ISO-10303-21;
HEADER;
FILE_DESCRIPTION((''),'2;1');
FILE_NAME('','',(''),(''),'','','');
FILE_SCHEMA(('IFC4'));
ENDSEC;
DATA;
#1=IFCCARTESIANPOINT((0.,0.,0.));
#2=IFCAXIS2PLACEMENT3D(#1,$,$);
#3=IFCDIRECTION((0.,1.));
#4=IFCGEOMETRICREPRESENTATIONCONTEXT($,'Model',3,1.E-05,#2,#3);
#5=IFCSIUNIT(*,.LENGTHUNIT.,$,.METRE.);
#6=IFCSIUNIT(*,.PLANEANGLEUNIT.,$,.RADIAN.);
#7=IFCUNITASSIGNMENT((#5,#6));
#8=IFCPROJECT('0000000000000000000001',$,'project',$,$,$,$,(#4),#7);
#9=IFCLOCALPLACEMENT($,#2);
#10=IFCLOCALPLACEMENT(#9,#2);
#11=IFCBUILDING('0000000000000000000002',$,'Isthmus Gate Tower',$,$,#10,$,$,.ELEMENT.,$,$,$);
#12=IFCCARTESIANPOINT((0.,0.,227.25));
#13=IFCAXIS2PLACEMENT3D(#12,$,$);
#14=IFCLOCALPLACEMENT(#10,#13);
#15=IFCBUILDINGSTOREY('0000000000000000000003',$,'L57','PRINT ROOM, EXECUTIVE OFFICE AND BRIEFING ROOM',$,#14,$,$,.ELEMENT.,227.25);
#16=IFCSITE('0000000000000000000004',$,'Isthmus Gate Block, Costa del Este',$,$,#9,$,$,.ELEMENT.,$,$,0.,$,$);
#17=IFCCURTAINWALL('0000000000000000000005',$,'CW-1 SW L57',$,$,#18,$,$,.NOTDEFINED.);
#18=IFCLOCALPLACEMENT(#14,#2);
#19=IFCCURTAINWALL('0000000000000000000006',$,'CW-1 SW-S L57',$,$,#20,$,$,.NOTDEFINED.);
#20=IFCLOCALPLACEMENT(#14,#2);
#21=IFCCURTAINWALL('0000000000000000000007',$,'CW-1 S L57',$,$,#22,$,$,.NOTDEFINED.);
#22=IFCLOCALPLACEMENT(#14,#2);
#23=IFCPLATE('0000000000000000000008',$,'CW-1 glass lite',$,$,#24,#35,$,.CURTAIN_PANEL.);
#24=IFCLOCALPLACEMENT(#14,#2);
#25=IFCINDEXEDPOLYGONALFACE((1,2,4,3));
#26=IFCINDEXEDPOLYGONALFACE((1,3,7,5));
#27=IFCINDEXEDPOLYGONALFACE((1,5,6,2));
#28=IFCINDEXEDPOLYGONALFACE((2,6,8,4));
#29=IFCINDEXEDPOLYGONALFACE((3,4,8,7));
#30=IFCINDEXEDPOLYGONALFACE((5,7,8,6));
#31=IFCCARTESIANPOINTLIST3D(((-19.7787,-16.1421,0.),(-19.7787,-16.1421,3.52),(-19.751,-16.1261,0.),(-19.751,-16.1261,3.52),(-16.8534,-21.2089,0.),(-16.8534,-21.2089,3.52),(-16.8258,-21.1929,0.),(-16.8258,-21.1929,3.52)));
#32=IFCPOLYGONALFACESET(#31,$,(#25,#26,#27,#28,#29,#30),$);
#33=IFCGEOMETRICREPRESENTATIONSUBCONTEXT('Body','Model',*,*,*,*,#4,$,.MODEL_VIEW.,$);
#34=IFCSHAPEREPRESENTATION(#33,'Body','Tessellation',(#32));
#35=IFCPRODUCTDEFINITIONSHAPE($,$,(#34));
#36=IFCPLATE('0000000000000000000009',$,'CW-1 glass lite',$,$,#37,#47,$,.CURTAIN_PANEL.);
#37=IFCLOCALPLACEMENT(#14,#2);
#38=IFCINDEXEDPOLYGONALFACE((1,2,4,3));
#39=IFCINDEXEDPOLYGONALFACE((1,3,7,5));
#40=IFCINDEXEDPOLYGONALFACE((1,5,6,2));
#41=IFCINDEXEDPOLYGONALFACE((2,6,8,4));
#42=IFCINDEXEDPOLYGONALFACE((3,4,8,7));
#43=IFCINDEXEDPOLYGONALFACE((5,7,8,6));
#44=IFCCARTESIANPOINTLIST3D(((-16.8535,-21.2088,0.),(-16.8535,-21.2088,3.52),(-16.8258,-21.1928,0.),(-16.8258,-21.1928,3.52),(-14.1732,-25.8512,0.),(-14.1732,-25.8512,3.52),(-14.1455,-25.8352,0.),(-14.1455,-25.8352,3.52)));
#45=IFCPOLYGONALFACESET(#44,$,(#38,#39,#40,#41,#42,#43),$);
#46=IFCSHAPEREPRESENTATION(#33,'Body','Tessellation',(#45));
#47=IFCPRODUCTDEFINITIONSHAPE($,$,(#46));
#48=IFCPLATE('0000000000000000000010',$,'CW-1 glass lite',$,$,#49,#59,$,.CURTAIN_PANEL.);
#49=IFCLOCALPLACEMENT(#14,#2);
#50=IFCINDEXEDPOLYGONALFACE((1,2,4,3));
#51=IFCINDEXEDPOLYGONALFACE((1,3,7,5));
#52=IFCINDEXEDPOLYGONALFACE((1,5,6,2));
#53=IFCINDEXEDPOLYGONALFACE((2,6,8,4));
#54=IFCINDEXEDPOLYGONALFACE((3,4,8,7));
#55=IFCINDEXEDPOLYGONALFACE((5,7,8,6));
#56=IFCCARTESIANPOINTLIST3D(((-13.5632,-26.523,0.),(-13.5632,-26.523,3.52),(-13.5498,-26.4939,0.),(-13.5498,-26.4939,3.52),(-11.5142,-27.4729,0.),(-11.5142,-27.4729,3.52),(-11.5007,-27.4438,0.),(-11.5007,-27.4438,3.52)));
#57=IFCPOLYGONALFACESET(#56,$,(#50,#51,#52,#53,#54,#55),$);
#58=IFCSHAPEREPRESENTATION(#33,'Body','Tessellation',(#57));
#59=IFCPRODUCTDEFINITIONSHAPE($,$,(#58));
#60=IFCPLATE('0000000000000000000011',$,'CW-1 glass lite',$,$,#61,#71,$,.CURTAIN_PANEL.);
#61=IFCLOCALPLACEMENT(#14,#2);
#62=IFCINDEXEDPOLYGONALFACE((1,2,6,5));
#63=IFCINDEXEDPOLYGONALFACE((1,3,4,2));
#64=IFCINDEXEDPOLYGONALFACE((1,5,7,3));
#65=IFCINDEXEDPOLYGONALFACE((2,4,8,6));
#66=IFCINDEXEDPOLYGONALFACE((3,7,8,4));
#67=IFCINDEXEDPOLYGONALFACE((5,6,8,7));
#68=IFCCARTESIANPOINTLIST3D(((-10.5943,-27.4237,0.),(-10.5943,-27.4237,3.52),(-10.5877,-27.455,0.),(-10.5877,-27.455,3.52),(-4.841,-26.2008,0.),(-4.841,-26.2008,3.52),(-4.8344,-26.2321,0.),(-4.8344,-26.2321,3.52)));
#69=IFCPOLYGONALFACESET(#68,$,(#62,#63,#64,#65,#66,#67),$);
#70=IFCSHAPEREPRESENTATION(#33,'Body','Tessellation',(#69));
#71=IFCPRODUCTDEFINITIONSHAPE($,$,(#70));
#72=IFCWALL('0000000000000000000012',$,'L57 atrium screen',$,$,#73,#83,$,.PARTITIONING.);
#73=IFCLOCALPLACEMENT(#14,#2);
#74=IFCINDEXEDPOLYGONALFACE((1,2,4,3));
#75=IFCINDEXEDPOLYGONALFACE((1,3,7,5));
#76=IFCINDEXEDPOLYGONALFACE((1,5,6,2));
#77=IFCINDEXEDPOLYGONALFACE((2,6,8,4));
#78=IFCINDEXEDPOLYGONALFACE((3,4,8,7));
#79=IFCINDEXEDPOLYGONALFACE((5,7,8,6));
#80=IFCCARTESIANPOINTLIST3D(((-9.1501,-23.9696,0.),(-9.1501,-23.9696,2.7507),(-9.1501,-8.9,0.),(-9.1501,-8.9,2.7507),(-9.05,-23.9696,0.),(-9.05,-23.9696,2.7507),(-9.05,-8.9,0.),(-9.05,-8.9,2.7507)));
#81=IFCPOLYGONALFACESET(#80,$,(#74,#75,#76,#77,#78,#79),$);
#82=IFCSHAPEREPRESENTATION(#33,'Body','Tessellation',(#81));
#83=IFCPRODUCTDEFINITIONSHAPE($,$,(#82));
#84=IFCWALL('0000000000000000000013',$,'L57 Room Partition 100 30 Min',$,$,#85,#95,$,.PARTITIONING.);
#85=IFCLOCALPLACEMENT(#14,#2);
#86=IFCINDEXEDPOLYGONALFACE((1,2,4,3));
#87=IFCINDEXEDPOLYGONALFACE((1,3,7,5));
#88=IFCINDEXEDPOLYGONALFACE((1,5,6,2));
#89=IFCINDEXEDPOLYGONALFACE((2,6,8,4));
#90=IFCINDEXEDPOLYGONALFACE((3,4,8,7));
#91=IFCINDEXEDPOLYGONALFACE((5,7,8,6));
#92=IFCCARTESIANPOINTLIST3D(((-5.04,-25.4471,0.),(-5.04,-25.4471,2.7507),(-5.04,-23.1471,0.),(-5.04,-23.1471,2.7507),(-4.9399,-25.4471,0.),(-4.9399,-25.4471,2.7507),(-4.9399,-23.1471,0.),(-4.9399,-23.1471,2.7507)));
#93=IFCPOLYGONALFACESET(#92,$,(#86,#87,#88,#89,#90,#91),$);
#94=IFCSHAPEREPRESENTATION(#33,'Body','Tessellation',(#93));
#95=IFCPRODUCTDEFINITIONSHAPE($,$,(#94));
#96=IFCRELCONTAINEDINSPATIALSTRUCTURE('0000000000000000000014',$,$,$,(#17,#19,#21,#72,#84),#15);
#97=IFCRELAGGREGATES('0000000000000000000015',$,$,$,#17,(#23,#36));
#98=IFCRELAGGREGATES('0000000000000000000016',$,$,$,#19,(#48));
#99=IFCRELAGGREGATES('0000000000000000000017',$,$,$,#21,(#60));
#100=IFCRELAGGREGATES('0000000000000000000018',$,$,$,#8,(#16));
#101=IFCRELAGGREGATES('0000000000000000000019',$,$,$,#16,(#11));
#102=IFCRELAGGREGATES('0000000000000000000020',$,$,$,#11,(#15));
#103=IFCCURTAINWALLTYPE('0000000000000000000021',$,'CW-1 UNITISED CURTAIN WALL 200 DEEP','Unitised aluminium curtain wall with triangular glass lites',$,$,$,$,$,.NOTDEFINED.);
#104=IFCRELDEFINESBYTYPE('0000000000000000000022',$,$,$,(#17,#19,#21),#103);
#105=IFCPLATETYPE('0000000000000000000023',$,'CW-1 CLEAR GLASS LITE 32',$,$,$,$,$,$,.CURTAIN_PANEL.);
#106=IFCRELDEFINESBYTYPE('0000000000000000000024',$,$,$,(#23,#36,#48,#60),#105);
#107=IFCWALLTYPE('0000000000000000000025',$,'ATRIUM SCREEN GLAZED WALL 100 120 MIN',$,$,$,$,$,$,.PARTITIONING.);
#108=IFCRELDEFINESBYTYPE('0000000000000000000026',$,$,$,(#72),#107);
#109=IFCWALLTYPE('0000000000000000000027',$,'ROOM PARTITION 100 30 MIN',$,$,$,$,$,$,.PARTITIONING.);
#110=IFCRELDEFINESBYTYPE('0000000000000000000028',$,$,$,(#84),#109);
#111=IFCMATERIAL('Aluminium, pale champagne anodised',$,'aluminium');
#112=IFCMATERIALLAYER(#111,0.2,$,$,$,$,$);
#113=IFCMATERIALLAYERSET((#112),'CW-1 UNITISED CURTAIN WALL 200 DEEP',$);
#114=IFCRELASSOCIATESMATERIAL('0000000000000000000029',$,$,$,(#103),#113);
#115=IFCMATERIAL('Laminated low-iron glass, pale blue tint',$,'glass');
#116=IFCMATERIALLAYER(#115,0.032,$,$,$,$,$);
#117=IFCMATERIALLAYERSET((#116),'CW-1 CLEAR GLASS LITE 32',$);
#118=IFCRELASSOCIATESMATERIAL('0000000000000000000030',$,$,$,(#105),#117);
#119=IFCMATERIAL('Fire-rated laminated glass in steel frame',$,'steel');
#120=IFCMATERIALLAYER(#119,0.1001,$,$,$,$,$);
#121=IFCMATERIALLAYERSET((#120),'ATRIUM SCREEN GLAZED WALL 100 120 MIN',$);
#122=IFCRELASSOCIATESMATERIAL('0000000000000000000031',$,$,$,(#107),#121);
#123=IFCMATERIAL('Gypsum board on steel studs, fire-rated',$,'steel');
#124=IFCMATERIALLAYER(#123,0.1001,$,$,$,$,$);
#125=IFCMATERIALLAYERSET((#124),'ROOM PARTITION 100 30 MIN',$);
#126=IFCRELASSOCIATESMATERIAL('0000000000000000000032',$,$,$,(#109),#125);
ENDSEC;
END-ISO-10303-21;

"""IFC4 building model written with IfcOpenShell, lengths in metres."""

from ifc_helpers import new_model, si_unit, direction, frame, frame_2d, origin, origin_2d, place, context, subcontext, project, spatial, rectangle, extrude, material, layer, layer_set, type_object, element, aggregate, save


model = new_model("IFC4")

# Units and contexts
model_context = context("Model", 3, precision=1e-05, world=origin(), true_north=direction((0.0, 1.0)))
body_context = subcontext(model_context, "Body", "Model", "MODEL_VIEW")
ifc_project = project(units=[si_unit("LENGTHUNIT", "METRE"), si_unit("PLANEANGLEUNIT", "RADIAN")], contexts=[model_context])

# Site, building, storey
site_placement = place(None, origin())
site = spatial("IfcSite", under=ifc_project, at=site_placement, Name="Isthmus Gate Block, Costa del Este", CompositionType="ELEMENT", RefElevation=0.0)
building_placement = place(site_placement, origin())
building = spatial("IfcBuilding", under=site, at=building_placement, Name="Isthmus Gate Tower", CompositionType="ELEMENT")
storey_placement = place(building_placement, frame((0.0, 0.0, 227.25)))
storey = spatial("IfcBuildingStorey", under=building, at=storey_placement, Name="L57", Description="PRINT ROOM, EXECUTIVE OFFICE AND BRIEFING ROOM", CompositionType="ELEMENT", Elevation=227.25)

# Curtain walls
ifc_material_1 = material(Name="Aluminium, pale champagne anodised", Category="aluminium")
ifc_layer_1 = layer(ifc_material_1, 0.2)
ifc_layer_set_1 = layer_set([ifc_layer_1], Name="CW-1 UNITISED CURTAIN WALL 200 DEEP")
curtain_wall_type = type_object("IfcCurtainWallType", Name="CW-1 UNITISED CURTAIN WALL 200 DEEP", Description="Unitised aluminium curtain wall with triangular glass lites", PredefinedType="NOTDEFINED", material=ifc_layer_set_1)
curtain_wall_1_placement = place(storey_placement, origin())
curtain_wall_1 = element("IfcCurtainWall", 1, at=curtain_wall_1_placement, inside=storey, type_object=curtain_wall_type, Name="CW-1 SW L57", PredefinedType="NOTDEFINED")
curtain_wall_2_placement = place(storey_placement, origin())
curtain_wall_2 = element("IfcCurtainWall", 2, at=curtain_wall_2_placement, inside=storey, type_object=curtain_wall_type, Name="CW-1 SW-S L57", PredefinedType="NOTDEFINED")
curtain_wall_3_placement = place(storey_placement, origin())
curtain_wall_3 = element("IfcCurtainWall", 3, at=curtain_wall_3_placement, inside=storey, type_object=curtain_wall_type, Name="CW-1 S L57", PredefinedType="NOTDEFINED")

# Plates
ifc_material_2 = material(Name="Laminated low-iron glass, pale blue tint", Category="glass")
ifc_layer_2 = layer(ifc_material_2, 0.032)
ifc_layer_set_2 = layer_set([ifc_layer_2], Name="CW-1 CLEAR GLASS LITE 32")
plate_type = type_object("IfcPlateType", Name="CW-1 CLEAR GLASS LITE 32", PredefinedType="CURTAIN_PANEL", material=ifc_layer_set_2)
plate_1_placement = place(storey_placement, frame((-18.3022, -18.6675, 0.0), z_axis=(0.0, 0.0, 1.0), x_axis=(0.5, -0.866025, 0.0)))
plate_1 = element("IfcPlate", 4, at=plate_1_placement, type_object=plate_type, Name="CW-1 glass lite", PredefinedType="CURTAIN_PANEL", context=body_context, shape_type="SweptSolid", body=[
    extrude(rectangle(XDim=5.8506, YDim=0.032, at=origin_2d()), origin(), (0.0, 0.0, 1.0), 3.52),
])
plate_2_placement = place(storey_placement, frame((-15.4995, -23.522, 0.0), z_axis=(0.0, 0.0, 1.0), x_axis=(0.5, -0.866025, 0.0)))
plate_2 = element("IfcPlate", 5, at=plate_2_placement, type_object=plate_type, Name="CW-1 glass lite", PredefinedType="CURTAIN_PANEL", context=body_context, shape_type="SweptSolid", body=[
    extrude(rectangle(XDim=5.3606, YDim=0.032, at=origin_2d()), origin(), (0.0, 0.0, 1.0), 3.52),
])
aggregate(curtain_wall_1, [plate_1, plate_2])
plate_3_placement = place(storey_placement, frame((-12.532, -26.9834, 0.0), z_axis=(0.0, 0.0, 1.0), x_axis=(0.907256, -0.420578, 0.0)))
plate_3 = element("IfcPlate", 6, at=plate_3_placement, type_object=plate_type, Name="CW-1 glass lite", PredefinedType="CURTAIN_PANEL", context=body_context, shape_type="SweptSolid", body=[
    extrude(rectangle(XDim=2.2585, YDim=0.032, at=origin_2d()), origin(), (0.0, 0.0, 1.0), 3.52),
])
aggregate(curtain_wall_2, [plate_3])
plate_4_placement = place(storey_placement, frame((-7.7144, -26.8279, 0.0), z_axis=(0.0, 0.0, 1.0), x_axis=(0.978148, 0.207912, 0.0)))
plate_4 = element("IfcPlate", 7, at=plate_4_placement, type_object=plate_type, Name="CW-1 glass lite", PredefinedType="CURTAIN_PANEL", context=body_context, shape_type="SweptSolid", body=[
    extrude(rectangle(XDim=5.8818, YDim=0.032, at=origin_2d()), origin(), (0.0, 0.0, 1.0), 3.52),
])
aggregate(curtain_wall_3, [plate_4])

# Walls
ifc_material_3 = material(Name="Fire-rated laminated glass in steel frame", Category="steel")
ifc_layer_3 = layer(ifc_material_3, 0.1001)
ifc_layer_set_3 = layer_set([ifc_layer_3], Name="ATRIUM SCREEN GLAZED WALL 100 120 MIN")
wall_type_1 = type_object("IfcWallType", Name="ATRIUM SCREEN GLAZED WALL 100 120 MIN", PredefinedType="PARTITIONING", material=ifc_layer_set_3)
wall_1_placement = place(storey_placement, frame((-9.1001, -23.9695, 0.0), z_axis=(0.0, 0.0, 1.0), x_axis=(0.0, 1.0, 0.0)))
element("IfcWall", 8, at=wall_1_placement, inside=storey, type_object=wall_type_1, Name="L57 atrium screen", PredefinedType="PARTITIONING", context=body_context, shape_type="SweptSolid", body=[
    extrude(rectangle(XDim=15.0696, YDim=0.1001, at=frame_2d((7.5347, 0.0))), origin(), (0.0, 0.0, 1.0), 2.7507),
])
ifc_material_4 = material(Name="Gypsum board on steel studs, fire-rated", Category="steel")
ifc_layer_4 = layer(ifc_material_4, 0.1001)
ifc_layer_set_4 = layer_set([ifc_layer_4], Name="ROOM PARTITION 100 30 MIN")
wall_type_2 = type_object("IfcWallType", Name="ROOM PARTITION 100 30 MIN", PredefinedType="PARTITIONING", material=ifc_layer_set_4)
wall_2_placement = place(storey_placement, frame((-4.99, -25.447, 0.0), z_axis=(0.0, 0.0, 1.0), x_axis=(0.0, 1.0, 0.0)))
element("IfcWall", 9, at=wall_2_placement, inside=storey, type_object=wall_type_2, Name="L57 Room Partition 100 30 Min", PredefinedType="PARTITIONING", context=body_context, shape_type="SweptSolid", body=[
    extrude(rectangle(XDim=2.3, YDim=0.1001, at=frame_2d((1.1499, 0.0))), origin(), (0.0, 0.0, 1.0), 2.7507),
])

save(model, "model.ifc")
